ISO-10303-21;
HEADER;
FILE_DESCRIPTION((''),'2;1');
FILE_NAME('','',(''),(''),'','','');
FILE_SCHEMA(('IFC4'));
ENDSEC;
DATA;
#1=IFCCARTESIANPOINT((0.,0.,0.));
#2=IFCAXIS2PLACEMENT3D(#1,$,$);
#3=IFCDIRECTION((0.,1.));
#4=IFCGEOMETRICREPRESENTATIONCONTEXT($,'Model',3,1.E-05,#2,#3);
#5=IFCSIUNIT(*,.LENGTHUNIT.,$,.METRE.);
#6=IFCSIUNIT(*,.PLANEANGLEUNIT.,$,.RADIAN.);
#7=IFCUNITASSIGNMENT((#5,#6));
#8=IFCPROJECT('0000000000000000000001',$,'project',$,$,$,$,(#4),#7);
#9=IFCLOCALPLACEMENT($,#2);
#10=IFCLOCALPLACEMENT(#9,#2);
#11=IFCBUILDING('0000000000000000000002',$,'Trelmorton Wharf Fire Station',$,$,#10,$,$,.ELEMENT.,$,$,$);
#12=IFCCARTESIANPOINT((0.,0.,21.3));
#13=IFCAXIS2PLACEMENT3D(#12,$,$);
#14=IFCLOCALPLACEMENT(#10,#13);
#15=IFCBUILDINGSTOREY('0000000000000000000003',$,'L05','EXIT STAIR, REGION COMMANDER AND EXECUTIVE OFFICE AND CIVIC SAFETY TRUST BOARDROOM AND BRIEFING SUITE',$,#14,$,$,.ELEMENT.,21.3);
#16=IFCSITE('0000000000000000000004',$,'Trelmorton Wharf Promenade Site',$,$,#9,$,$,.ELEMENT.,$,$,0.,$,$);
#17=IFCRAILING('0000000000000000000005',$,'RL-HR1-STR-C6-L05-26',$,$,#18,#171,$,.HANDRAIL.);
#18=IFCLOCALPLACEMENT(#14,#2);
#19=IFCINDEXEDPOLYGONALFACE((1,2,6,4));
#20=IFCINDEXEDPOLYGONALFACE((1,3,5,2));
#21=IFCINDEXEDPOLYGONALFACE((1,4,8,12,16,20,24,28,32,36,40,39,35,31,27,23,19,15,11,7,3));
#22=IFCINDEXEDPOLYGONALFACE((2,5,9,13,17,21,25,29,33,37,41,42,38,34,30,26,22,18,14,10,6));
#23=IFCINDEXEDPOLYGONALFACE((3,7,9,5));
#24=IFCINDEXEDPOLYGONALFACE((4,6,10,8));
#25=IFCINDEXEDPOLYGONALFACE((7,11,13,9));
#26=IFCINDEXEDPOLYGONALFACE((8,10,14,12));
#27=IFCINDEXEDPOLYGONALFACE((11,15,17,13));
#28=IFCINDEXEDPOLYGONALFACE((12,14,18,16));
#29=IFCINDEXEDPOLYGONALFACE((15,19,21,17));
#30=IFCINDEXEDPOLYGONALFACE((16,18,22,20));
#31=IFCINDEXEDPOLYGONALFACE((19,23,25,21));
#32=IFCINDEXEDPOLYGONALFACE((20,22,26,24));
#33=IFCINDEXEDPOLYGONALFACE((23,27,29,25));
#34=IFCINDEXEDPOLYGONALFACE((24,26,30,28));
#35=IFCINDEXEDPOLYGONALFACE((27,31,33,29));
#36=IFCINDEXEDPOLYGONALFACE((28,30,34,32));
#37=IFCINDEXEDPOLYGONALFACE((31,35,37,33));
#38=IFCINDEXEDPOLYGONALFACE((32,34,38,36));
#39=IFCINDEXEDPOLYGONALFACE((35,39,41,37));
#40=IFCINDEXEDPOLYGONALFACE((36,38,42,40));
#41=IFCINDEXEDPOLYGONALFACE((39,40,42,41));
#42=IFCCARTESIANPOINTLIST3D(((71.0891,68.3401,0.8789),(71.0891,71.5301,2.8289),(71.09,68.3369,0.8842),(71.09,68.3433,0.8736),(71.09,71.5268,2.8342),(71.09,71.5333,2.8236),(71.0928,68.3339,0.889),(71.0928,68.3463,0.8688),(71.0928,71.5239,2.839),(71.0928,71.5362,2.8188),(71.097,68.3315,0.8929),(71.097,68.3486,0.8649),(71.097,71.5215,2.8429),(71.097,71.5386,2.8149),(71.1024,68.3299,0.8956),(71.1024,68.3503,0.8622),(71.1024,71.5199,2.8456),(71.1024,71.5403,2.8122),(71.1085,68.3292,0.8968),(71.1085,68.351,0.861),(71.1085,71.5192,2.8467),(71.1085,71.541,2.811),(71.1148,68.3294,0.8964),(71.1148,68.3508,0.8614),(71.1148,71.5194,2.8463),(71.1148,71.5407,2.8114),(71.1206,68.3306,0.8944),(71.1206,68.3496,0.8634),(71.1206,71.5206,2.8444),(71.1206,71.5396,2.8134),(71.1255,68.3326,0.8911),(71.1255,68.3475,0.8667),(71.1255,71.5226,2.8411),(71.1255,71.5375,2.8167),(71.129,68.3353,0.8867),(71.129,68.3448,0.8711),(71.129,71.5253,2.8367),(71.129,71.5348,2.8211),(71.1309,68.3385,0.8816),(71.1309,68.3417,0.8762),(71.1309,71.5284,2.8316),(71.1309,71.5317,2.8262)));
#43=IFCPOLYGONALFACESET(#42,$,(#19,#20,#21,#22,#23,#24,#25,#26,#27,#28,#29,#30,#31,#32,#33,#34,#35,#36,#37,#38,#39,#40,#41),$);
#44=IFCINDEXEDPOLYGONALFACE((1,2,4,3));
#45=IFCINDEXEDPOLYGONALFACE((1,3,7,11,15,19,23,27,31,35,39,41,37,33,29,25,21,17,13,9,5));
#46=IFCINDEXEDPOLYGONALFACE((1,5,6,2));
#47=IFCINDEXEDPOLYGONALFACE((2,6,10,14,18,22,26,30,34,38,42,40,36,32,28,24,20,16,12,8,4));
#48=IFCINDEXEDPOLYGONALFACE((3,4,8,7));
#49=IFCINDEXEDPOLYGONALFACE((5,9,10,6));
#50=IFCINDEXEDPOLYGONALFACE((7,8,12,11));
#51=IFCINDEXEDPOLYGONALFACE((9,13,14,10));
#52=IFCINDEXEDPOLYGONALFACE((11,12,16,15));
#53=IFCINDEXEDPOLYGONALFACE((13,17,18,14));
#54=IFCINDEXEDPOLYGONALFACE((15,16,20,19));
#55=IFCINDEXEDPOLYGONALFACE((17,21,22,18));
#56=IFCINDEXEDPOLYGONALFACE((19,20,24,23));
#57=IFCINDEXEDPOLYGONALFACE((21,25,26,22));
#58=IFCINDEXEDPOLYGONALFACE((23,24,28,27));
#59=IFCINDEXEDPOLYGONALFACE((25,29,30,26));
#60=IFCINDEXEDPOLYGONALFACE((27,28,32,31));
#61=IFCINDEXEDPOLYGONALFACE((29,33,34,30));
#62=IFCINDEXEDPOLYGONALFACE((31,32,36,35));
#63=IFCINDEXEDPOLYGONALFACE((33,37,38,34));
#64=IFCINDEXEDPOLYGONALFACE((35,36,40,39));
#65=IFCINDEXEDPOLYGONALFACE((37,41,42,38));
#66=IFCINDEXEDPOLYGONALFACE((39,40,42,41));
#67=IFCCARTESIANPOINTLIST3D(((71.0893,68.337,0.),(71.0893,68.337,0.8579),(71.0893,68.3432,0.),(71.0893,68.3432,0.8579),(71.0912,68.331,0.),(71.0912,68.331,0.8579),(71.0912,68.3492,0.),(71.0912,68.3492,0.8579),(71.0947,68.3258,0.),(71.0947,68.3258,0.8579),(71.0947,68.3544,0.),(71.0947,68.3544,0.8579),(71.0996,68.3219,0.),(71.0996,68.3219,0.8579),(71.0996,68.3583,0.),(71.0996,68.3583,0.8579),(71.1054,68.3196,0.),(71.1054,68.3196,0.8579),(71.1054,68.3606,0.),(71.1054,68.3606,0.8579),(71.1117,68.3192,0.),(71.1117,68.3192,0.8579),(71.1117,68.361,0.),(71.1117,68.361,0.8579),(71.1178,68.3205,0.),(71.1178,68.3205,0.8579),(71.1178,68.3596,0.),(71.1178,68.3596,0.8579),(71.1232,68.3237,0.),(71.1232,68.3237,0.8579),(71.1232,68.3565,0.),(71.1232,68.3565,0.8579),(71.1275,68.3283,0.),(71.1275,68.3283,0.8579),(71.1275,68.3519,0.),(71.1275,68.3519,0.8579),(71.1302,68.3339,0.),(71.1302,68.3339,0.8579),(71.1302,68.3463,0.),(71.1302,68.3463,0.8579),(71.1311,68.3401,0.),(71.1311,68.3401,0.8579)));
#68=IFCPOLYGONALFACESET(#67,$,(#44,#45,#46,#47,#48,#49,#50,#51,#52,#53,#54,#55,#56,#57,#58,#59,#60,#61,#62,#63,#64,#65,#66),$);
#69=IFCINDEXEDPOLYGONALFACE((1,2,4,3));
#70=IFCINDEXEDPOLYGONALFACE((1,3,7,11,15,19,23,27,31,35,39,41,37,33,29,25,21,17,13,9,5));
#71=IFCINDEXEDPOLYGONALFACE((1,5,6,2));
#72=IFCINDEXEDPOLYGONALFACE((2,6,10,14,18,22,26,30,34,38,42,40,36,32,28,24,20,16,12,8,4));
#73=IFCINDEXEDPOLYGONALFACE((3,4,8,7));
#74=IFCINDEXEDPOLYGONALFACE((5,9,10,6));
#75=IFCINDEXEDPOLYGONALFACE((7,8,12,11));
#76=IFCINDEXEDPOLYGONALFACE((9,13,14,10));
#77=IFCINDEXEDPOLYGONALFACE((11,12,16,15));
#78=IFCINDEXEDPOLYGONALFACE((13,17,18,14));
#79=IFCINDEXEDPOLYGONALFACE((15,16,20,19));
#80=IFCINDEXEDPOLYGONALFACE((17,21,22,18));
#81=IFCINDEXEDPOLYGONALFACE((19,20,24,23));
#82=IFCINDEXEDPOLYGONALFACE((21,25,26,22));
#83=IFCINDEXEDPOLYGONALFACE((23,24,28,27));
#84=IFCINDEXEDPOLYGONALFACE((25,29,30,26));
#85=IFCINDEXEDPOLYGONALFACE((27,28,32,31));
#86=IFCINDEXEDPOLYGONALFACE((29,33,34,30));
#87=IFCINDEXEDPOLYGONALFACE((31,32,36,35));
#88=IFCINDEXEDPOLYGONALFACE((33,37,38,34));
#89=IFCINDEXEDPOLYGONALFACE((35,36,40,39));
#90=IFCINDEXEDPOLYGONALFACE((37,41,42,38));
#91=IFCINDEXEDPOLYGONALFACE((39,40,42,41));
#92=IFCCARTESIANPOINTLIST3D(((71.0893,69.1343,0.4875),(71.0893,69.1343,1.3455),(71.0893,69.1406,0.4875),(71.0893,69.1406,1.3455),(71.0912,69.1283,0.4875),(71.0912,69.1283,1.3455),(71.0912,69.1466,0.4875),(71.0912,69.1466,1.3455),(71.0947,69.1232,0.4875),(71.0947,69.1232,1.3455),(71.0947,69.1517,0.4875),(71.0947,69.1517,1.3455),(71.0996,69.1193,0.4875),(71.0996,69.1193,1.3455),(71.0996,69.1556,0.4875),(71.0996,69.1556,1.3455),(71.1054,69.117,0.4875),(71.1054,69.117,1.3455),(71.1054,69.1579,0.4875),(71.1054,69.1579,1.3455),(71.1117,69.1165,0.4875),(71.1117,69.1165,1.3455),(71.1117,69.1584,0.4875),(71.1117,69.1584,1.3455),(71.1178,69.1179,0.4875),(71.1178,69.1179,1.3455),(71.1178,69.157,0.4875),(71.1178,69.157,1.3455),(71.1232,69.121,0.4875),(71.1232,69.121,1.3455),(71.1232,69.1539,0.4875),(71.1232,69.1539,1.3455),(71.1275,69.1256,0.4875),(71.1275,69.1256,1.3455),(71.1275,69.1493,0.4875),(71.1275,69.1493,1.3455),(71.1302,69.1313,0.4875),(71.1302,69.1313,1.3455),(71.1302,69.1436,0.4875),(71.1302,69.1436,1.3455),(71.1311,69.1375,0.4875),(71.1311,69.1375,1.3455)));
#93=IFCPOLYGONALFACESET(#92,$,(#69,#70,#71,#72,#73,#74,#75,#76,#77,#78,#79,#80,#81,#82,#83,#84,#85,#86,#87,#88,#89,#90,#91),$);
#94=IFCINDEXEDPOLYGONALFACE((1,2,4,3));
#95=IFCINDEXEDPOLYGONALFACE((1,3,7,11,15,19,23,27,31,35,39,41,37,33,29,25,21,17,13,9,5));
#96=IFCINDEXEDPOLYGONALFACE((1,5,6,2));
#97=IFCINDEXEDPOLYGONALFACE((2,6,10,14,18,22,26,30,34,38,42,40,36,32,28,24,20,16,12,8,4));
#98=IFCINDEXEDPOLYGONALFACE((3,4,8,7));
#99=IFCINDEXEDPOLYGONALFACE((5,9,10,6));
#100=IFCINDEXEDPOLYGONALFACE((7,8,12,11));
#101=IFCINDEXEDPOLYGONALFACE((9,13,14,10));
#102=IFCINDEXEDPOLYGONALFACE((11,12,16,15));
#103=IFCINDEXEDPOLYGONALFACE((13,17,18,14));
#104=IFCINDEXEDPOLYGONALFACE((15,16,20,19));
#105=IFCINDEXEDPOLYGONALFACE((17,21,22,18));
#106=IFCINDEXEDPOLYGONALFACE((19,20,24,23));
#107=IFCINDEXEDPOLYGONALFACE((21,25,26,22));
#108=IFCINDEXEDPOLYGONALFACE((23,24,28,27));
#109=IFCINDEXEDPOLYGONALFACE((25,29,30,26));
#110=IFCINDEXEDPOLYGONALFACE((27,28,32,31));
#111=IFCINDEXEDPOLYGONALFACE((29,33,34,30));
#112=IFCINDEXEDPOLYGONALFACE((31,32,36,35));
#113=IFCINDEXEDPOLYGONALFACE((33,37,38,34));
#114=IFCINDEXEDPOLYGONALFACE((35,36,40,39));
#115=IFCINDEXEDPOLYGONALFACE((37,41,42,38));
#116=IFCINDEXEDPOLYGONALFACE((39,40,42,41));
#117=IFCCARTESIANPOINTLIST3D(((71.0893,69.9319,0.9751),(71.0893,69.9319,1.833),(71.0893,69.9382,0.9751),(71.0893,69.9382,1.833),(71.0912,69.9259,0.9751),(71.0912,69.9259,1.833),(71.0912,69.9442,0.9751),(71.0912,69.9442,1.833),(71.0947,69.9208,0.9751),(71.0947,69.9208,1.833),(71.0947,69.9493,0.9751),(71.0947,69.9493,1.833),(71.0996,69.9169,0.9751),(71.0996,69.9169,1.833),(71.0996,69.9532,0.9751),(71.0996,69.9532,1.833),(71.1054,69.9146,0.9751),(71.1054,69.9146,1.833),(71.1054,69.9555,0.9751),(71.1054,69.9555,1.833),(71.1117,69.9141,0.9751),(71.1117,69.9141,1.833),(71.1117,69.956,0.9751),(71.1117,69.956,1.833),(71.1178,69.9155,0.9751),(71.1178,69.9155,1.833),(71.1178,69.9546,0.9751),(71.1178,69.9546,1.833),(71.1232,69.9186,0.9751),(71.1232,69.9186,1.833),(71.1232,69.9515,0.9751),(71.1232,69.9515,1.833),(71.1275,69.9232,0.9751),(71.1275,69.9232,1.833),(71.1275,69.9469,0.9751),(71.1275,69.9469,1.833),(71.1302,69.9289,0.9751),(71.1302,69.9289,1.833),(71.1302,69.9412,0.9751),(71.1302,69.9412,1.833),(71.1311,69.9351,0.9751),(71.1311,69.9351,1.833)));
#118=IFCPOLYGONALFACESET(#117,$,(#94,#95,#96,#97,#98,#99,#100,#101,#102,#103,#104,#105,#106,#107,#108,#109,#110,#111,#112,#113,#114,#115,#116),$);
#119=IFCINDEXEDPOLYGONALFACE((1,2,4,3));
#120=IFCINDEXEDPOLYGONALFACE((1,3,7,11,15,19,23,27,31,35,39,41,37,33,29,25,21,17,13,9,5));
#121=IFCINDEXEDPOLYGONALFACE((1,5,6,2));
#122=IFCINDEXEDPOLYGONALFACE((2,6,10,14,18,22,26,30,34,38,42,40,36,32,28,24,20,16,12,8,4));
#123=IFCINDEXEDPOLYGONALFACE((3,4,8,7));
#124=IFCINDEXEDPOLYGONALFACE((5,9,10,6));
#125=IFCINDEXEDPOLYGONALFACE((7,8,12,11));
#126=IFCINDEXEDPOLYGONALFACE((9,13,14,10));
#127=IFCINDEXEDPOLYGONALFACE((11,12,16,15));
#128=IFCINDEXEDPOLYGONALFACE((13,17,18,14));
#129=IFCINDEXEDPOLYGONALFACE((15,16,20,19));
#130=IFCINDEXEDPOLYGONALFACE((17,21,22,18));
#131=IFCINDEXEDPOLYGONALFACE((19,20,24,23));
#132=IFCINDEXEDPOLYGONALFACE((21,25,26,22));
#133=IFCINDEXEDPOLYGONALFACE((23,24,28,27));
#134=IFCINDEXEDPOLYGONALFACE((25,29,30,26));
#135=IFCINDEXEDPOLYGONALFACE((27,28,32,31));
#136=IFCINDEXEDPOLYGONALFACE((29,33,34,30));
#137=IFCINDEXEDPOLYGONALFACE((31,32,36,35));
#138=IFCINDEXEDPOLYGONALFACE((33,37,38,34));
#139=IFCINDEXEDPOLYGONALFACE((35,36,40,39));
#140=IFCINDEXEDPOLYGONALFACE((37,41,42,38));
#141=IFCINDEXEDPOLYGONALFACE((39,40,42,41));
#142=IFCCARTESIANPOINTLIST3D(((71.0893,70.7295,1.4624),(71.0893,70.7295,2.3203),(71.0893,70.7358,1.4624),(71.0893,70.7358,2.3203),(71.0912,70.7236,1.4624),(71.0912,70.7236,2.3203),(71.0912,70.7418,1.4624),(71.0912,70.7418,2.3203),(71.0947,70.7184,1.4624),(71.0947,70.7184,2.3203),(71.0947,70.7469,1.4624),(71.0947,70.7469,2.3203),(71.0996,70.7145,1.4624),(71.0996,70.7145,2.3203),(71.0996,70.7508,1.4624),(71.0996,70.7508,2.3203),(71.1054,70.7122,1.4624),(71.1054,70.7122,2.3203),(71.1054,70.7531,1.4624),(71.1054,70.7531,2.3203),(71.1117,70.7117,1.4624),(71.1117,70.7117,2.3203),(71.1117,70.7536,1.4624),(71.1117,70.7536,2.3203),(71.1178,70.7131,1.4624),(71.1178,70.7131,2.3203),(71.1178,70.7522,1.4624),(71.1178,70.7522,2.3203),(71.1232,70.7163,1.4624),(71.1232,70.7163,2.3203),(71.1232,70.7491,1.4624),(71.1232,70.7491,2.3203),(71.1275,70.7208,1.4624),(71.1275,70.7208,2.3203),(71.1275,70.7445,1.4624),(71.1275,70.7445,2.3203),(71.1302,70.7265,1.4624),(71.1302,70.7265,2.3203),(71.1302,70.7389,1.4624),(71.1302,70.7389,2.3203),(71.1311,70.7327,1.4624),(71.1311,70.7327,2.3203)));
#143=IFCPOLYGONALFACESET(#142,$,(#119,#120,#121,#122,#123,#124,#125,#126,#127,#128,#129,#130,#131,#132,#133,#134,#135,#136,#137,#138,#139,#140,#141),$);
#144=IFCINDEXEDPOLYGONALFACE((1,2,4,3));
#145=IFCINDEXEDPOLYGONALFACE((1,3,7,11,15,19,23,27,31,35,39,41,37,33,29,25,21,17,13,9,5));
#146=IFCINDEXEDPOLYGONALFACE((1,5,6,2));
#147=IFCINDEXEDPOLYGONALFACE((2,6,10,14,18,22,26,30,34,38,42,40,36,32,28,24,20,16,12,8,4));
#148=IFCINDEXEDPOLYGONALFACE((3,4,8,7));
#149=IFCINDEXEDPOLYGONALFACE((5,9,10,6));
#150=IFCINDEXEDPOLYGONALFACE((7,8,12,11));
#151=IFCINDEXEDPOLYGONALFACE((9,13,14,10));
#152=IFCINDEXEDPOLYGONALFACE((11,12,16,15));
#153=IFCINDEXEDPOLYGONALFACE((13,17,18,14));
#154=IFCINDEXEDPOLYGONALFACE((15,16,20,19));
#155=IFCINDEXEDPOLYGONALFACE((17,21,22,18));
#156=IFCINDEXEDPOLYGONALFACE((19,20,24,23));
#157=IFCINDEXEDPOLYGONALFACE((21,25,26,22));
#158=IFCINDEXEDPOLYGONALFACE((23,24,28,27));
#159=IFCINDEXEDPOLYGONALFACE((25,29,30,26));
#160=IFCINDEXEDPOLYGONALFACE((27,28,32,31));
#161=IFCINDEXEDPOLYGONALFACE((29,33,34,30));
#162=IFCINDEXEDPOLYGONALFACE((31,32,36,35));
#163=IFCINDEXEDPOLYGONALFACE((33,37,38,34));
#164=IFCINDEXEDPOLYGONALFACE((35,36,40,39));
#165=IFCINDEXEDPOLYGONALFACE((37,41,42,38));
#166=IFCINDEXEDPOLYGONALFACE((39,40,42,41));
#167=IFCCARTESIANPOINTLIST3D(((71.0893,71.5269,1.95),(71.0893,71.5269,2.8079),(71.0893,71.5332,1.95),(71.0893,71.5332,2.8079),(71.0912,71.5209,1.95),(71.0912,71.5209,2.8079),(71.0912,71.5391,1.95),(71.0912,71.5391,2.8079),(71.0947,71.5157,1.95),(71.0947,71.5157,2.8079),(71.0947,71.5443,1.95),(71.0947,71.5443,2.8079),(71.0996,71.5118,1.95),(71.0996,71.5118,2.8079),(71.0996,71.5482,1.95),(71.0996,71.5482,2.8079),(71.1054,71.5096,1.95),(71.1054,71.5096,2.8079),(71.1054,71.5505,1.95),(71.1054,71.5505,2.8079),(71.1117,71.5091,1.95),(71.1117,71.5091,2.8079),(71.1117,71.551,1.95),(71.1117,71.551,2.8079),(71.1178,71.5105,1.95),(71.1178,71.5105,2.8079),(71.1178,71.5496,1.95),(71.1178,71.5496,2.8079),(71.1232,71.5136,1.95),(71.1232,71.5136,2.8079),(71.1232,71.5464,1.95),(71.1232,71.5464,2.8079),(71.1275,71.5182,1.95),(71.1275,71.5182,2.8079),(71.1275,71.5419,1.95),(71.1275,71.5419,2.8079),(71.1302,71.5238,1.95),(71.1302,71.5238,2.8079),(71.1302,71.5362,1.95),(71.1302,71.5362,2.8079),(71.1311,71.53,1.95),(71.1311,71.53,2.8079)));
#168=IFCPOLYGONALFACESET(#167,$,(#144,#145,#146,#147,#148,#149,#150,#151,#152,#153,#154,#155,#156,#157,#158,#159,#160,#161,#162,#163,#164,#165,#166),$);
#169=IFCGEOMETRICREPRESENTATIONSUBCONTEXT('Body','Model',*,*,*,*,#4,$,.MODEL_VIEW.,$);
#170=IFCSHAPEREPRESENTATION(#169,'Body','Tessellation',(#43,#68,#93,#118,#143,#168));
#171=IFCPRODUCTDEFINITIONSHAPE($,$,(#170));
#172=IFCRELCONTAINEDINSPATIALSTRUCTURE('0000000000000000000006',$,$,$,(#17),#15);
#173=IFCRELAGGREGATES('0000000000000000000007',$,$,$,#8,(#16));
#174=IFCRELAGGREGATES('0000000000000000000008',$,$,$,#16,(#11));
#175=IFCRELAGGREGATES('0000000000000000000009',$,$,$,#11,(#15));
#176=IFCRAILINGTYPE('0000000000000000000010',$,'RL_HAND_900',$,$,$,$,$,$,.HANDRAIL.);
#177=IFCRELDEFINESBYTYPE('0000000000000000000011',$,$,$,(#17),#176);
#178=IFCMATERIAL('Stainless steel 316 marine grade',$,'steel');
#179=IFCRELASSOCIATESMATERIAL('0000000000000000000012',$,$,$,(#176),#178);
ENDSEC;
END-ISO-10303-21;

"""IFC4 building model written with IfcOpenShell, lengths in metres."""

from ifc_helpers import new_model, si_unit, direction, frame, origin, origin_2d, place, context, subcontext, project, spatial, circle, extrude, material, type_object, element, save


model = new_model("IFC4")

# Units and contexts
model_context = context("Model", 3, precision=1e-05, world=origin(), true_north=direction((0.0, 1.0)))
body_context = subcontext(model_context, "Body", "Model", "MODEL_VIEW")
ifc_project = project(units=[si_unit("LENGTHUNIT", "METRE"), si_unit("PLANEANGLEUNIT", "RADIAN")], contexts=[model_context])

# Site, building, storey
site_placement = place(None, origin())
site = spatial("IfcSite", under=ifc_project, at=site_placement, Name="Trelmorton Wharf Promenade Site", CompositionType="ELEMENT", RefElevation=0.0)
building_placement = place(site_placement, origin())
building = spatial("IfcBuilding", under=site, at=building_placement, Name="Trelmorton Wharf Fire Station", CompositionType="ELEMENT")
storey_placement = place(building_placement, frame((0.0, 0.0, 21.3)))
storey = spatial("IfcBuildingStorey", under=building, at=storey_placement, Name="L05", Description="EXIT STAIR, REGION COMMANDER AND EXECUTIVE OFFICE AND CIVIC SAFETY TRUST BOARDROOM AND BRIEFING SUITE", CompositionType="ELEMENT", Elevation=21.3)

# Shared definitions
ifc_material_1 = material(Name="Stainless steel 316 marine grade", Category="steel")

# Railing
railing_type_1 = type_object("IfcRailingType", Name="RL_HAND_900", PredefinedType="HANDRAIL", material=ifc_material_1)
railing_1_placement = place(storey_placement, frame((71.1101, 68.3401, 0.0)))
element("IfcRailing", 1, at=railing_1_placement, inside=storey, type_object=railing_type_1, Name="RL-HR1-STR-C6-L05-26", PredefinedType="HANDRAIL", context=body_context, shape_type="SweptSolid", body=[
    extrude(circle(Radius=0.021, at=origin_2d()), frame((0.0, 0.0, 0.8789), z_axis=(0.0, 0.853217, 0.521556), x_axis=(-1.0, 0.0, 0.0)), (0.0, 0.0, 1.0), 3.7388),
    extrude(circle(Radius=0.021, at=origin_2d()), origin(), (0.0, 0.0, 1.0), 0.8579),
    extrude(circle(Radius=0.021, at=origin_2d()), frame((0.0, 0.7974, 0.4875)), (0.0, 0.0, 1.0), 0.8579),
    extrude(circle(Radius=0.021, at=origin_2d()), frame((0.0, 1.595, 0.9751)), (0.0, 0.0, 1.0), 0.8579),
    extrude(circle(Radius=0.021, at=origin_2d()), frame((0.0, 2.3926, 1.4624)), (0.0, 0.0, 1.0), 0.8579),
    extrude(circle(Radius=0.021, at=origin_2d()), frame((0.0, 3.1899, 1.95)), (0.0, 0.0, 1.0), 0.8579),
])

save(model, "model.ifc")
